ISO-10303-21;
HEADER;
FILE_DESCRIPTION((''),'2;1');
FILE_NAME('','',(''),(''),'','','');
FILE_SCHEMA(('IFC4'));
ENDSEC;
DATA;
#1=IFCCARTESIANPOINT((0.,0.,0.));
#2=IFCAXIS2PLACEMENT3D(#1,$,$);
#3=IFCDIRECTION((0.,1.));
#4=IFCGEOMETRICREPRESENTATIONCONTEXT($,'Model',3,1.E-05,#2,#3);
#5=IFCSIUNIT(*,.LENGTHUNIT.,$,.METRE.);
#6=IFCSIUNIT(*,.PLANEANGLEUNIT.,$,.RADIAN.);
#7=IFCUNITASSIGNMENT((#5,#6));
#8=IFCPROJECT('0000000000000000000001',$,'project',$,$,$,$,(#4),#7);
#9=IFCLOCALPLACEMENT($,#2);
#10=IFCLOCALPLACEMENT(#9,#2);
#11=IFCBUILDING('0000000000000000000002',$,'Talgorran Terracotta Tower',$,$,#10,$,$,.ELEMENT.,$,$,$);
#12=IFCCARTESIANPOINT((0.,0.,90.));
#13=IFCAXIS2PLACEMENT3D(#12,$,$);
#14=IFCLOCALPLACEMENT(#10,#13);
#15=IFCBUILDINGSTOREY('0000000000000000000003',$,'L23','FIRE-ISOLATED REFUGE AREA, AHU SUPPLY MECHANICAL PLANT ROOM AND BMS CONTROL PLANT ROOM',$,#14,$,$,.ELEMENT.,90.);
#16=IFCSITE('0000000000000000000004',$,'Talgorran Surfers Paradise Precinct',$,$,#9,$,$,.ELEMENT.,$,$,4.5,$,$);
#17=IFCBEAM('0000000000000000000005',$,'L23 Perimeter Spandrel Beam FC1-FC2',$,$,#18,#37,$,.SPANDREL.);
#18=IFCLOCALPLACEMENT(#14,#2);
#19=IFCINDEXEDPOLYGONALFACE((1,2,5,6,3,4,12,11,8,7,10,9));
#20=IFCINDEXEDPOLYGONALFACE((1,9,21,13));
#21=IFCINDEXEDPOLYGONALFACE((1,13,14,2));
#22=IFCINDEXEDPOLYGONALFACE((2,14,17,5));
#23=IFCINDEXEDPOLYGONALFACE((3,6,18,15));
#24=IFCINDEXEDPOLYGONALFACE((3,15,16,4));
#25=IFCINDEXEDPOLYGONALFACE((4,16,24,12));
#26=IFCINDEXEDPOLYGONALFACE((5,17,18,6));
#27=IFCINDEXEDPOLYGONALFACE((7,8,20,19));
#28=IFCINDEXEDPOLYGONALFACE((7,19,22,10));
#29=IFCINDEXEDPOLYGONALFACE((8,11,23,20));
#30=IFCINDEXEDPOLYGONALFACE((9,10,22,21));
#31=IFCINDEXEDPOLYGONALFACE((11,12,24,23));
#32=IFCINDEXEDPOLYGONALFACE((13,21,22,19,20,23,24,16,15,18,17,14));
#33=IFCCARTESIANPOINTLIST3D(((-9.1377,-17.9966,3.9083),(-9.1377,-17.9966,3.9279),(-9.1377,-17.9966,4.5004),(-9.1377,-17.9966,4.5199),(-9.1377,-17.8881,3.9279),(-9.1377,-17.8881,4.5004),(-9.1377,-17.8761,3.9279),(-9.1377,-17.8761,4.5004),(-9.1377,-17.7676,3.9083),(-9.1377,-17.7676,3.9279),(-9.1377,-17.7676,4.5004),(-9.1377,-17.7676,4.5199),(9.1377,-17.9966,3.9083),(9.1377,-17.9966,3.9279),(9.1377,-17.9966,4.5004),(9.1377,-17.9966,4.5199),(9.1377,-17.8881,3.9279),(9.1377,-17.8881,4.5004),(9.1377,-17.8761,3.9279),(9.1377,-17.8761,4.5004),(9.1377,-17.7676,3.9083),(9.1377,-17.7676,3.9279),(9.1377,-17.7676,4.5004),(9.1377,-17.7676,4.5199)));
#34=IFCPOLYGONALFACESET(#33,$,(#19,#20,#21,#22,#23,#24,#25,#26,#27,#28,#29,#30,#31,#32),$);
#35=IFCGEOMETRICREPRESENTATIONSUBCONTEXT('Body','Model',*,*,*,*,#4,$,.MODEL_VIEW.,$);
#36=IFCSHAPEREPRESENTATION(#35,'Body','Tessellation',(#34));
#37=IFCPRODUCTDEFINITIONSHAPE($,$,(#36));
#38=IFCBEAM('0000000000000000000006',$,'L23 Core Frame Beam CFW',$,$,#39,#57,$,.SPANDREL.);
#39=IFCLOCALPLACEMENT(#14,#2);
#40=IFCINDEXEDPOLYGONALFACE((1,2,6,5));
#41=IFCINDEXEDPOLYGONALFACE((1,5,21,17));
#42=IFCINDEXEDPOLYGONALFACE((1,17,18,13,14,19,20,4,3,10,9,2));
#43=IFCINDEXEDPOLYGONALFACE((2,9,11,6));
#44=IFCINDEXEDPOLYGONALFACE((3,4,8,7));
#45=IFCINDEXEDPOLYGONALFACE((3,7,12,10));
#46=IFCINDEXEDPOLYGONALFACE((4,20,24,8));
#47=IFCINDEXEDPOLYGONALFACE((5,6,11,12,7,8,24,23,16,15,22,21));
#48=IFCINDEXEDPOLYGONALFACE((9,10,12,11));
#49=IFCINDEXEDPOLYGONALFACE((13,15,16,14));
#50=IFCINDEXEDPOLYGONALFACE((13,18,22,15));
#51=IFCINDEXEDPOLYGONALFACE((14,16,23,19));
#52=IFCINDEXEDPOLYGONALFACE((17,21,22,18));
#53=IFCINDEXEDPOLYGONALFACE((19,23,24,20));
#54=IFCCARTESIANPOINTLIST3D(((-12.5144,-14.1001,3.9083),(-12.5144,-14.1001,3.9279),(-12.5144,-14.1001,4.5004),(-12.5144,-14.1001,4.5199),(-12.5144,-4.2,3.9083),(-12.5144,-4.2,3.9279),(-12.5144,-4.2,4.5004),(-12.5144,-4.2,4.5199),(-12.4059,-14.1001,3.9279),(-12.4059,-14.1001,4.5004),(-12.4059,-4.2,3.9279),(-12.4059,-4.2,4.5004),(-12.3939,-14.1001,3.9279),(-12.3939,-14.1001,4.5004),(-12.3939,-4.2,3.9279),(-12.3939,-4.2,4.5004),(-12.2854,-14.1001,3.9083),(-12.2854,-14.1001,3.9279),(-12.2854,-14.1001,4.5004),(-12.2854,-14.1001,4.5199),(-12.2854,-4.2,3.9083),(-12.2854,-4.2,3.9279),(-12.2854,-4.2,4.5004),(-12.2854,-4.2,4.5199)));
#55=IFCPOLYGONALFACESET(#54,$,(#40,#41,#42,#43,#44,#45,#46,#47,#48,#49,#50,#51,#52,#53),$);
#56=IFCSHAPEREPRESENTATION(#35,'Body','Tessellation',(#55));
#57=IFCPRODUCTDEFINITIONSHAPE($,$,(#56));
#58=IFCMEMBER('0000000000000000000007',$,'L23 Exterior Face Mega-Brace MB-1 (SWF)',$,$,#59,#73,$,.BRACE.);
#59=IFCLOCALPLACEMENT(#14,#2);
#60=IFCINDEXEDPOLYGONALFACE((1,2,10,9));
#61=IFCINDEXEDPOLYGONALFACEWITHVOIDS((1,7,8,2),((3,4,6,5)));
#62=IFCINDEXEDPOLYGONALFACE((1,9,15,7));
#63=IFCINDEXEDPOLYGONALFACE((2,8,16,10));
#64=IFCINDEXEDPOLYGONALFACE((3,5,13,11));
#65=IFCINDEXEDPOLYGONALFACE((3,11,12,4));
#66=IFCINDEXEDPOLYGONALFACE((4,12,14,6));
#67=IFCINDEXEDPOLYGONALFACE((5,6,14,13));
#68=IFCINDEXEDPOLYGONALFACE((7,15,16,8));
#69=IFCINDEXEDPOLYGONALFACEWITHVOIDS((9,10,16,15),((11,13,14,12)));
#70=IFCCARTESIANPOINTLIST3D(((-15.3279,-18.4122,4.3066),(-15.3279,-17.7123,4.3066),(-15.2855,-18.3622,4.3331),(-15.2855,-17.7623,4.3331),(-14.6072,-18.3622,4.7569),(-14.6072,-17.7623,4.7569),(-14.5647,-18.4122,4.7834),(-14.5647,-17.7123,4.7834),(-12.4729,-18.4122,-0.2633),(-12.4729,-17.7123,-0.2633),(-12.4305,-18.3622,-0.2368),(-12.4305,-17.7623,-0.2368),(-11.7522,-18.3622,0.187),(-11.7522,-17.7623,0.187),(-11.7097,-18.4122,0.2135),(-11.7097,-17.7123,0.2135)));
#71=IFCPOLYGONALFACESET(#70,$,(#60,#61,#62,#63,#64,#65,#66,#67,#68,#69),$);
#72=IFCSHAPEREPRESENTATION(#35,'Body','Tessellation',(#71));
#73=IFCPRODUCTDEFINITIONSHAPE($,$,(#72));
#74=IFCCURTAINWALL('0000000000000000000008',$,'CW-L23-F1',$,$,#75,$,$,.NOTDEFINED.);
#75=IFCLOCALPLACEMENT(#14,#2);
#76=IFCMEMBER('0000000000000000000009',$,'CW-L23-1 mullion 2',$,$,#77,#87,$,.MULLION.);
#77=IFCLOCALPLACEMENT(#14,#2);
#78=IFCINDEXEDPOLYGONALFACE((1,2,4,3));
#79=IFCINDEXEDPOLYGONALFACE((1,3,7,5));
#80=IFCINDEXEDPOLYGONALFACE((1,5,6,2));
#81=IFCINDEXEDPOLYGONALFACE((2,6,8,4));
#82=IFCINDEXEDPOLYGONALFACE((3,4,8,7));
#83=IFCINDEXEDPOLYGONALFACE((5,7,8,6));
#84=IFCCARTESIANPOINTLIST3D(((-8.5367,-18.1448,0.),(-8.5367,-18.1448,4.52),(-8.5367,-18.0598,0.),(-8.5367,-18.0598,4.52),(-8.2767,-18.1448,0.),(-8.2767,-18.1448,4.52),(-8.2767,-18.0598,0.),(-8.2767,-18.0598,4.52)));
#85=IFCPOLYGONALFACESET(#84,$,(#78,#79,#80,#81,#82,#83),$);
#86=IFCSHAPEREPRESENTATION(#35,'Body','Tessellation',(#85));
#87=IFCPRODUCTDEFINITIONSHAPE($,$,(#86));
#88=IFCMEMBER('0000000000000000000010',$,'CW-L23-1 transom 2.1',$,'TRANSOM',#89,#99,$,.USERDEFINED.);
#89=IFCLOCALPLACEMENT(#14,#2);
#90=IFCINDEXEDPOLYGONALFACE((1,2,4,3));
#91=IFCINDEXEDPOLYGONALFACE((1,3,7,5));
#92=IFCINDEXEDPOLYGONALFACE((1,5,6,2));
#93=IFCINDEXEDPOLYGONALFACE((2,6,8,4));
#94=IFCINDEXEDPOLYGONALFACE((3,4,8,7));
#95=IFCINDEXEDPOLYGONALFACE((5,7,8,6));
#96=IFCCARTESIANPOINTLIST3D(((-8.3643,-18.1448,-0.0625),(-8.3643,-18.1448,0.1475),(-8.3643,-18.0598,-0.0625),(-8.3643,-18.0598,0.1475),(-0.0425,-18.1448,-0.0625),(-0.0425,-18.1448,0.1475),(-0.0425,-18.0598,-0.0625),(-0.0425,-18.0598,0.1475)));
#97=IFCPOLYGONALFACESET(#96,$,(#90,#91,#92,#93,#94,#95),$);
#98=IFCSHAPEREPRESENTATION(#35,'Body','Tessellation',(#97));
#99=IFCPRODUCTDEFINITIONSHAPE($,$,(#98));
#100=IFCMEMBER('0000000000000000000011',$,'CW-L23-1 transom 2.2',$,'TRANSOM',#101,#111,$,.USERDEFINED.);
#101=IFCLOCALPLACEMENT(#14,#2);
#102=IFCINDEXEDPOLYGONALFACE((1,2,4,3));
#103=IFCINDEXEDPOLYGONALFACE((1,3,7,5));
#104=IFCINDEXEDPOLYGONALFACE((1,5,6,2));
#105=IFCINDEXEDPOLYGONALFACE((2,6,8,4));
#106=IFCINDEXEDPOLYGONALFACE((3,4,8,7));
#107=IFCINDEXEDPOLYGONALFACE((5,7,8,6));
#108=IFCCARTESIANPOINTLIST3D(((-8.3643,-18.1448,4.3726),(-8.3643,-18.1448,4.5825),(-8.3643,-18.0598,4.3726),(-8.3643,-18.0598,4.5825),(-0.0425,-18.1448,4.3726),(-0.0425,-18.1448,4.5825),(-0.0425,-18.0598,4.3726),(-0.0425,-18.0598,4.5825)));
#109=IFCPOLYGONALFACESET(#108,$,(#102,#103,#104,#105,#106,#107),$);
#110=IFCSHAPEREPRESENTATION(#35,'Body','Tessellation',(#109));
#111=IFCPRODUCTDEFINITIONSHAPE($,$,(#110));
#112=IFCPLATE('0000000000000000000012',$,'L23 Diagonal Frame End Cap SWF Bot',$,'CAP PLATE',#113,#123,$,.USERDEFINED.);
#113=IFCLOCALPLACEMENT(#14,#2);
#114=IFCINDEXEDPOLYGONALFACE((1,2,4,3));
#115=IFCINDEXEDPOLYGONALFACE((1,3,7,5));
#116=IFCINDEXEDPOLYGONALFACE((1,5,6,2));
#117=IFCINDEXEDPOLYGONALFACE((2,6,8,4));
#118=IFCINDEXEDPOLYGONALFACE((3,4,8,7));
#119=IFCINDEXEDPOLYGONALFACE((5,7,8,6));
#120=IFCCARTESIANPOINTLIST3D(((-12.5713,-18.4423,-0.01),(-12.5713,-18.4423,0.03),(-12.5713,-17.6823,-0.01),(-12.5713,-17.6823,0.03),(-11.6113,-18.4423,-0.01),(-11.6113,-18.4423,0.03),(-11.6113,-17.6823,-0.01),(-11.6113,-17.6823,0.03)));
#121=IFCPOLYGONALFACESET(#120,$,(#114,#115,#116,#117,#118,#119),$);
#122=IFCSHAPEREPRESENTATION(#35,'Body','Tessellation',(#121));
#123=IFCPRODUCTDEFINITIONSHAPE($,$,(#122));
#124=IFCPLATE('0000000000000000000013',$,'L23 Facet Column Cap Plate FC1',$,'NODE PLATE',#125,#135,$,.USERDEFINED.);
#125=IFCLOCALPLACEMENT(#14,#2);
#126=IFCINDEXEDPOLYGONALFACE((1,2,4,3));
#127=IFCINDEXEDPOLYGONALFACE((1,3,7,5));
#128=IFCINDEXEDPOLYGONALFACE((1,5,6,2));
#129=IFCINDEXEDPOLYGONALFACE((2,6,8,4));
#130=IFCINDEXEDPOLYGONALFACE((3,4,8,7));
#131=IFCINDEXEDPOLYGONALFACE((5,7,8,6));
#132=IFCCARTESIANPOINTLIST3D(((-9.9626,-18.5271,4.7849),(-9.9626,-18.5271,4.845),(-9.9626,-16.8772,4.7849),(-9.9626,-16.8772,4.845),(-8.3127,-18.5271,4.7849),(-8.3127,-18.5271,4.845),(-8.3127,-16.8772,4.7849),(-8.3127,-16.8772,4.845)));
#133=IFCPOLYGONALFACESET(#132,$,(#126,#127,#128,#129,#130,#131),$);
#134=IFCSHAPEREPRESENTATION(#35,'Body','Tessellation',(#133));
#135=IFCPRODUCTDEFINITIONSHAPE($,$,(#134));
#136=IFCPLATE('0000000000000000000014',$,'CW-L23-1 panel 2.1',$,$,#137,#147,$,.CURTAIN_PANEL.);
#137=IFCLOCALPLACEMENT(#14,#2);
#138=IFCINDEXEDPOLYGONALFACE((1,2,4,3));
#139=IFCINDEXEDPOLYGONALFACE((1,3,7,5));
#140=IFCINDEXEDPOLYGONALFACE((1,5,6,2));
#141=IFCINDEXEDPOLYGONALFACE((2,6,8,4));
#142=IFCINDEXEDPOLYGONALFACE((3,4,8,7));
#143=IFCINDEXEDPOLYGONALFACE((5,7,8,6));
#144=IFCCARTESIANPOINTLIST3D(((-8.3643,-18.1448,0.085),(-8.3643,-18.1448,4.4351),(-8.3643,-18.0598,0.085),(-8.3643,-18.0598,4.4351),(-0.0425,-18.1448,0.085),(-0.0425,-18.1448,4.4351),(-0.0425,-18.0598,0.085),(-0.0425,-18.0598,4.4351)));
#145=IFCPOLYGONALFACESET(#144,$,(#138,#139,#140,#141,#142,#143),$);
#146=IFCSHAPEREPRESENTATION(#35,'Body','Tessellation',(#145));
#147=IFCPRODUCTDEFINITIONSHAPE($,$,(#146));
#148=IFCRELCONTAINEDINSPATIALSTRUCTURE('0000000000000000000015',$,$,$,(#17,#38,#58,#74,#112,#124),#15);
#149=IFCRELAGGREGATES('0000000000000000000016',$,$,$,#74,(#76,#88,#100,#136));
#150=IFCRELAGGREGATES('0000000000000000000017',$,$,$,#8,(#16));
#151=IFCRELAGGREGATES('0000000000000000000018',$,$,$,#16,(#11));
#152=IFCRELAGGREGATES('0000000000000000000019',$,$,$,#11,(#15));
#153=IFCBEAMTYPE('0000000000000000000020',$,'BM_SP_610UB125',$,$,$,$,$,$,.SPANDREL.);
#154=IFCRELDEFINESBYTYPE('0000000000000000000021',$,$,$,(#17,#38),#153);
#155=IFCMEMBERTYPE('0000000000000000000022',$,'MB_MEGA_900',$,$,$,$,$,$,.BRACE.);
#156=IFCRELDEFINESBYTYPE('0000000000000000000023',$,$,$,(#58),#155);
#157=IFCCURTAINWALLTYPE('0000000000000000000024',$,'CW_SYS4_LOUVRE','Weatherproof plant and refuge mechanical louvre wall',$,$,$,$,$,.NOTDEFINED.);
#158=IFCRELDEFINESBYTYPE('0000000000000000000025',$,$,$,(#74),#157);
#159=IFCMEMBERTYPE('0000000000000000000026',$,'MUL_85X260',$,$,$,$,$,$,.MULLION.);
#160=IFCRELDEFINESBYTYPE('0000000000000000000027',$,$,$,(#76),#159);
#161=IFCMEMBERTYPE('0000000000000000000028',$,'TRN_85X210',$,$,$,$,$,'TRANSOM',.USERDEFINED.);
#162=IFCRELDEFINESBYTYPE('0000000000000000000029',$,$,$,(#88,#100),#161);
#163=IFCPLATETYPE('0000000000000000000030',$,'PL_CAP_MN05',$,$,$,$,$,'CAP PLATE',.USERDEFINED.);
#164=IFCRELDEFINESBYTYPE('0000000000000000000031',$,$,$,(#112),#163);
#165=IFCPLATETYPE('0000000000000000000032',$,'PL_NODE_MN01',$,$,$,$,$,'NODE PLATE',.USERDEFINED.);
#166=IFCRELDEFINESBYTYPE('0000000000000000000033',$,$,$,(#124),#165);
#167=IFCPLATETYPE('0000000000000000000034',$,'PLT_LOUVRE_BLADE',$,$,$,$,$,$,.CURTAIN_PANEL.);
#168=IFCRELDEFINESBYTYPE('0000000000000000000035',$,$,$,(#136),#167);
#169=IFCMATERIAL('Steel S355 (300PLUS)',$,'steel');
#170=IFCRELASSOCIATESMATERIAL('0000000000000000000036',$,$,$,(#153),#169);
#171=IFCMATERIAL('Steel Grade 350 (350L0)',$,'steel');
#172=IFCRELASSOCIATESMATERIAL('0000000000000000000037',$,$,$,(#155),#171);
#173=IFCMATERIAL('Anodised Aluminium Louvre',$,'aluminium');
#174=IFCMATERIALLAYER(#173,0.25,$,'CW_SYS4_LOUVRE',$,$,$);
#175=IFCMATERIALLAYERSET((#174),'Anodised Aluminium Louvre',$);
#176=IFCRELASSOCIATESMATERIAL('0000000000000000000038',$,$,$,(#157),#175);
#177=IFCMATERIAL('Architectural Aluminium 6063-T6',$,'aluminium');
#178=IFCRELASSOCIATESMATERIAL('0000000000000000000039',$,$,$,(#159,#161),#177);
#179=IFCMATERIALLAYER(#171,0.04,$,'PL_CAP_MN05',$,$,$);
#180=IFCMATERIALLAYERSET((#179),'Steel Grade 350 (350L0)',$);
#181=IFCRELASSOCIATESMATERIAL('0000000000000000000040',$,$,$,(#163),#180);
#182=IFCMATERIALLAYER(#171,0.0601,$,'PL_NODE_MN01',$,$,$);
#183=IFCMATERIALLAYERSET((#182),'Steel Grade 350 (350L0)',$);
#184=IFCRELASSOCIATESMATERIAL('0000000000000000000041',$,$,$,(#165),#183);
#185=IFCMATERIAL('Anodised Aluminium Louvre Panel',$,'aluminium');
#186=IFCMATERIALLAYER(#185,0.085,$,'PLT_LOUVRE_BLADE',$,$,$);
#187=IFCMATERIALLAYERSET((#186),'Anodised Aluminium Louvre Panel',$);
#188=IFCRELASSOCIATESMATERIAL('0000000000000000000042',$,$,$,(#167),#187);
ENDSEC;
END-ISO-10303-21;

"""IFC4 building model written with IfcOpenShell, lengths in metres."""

from ifc_helpers import new_model, si_unit, direction, frame, origin, origin_2d, place, context, subcontext, project, spatial, rectangle, hollow_rectangle, i_section, extrude, source, transform, mapped, material, layer, layer_set, material_profile, profile_set, type_object, type_shapes, element, aggregate, save


model = new_model("IFC4")

# Units and contexts
model_context = context("Model", 3, precision=1e-05, world=origin(), true_north=direction((0.0, 1.0)))
body_context = subcontext(model_context, "Body", "Model", "MODEL_VIEW")
ifc_project = project(units=[si_unit("LENGTHUNIT", "METRE"), si_unit("PLANEANGLEUNIT", "RADIAN")], contexts=[model_context])

# Site, building, storey
site_placement = place(None, origin())
site = spatial("IfcSite", under=ifc_project, at=site_placement, Name="Talgorran Surfers Paradise Precinct", CompositionType="ELEMENT", RefElevation=4.5)
building_placement = place(site_placement, origin())
building = spatial("IfcBuilding", under=site, at=building_placement, Name="Talgorran Terracotta Tower", CompositionType="ELEMENT")
storey_placement = place(building_placement, frame((0.0, 0.0, 90.0)))
storey = spatial("IfcBuildingStorey", under=building, at=storey_placement, Name="L23", Description="FIRE-ISOLATED REFUGE AREA, AHU SUPPLY MECHANICAL PLANT ROOM AND BMS CONTROL PLANT ROOM", CompositionType="ELEMENT", Elevation=90.0)

# Shared definitions
ifc_material_1 = material(Name="Steel S355 (300PLUS)", Category="steel")
ifc_material_2 = material(Name="Steel Grade 350 (350L0)", Category="steel")

# Beams
ifc_material_profile_1 = material_profile(ifc_material_1, i_section(OverallWidth=0.229, OverallDepth=0.6116, WebThickness=0.012, FlangeThickness=0.0195, at=origin_2d()), Name="610UB125")
ifc_profile_set_1 = profile_set([ifc_material_profile_1], Name="Steel S355 (300PLUS)")
beam_type_1 = type_object("IfcBeamType", Name="BM_SP_610UB125", PredefinedType="SPANDREL", material=ifc_profile_set_1)
beam_1_placement = place(storey_placement, frame((-9.1377, -17.8821, 4.2141), z_axis=(1.0, 0.0, 0.0), x_axis=(0.0, 1.0, 0.0)))
element("IfcBeam", 1, at=beam_1_placement, inside=storey, type_object=beam_type_1, Name="L23 Perimeter Spandrel Beam FC1-FC2", PredefinedType="SPANDREL", context=body_context, shape_type="SweptSolid", body=[
    extrude(i_section(OverallWidth=0.229, OverallDepth=0.6116, WebThickness=0.012, FlangeThickness=0.0195, at=origin_2d()), origin(), (0.0, 0.0, 1.0), 18.2754),
])
beam_2_placement = place(storey_placement, frame((-12.3999, -14.1001, 4.2141), z_axis=(0.0, 1.0, 0.0), x_axis=(-1.0, 0.0, 0.0)))
element("IfcBeam", 2, at=beam_2_placement, inside=storey, type_object=beam_type_1, Name="L23 Core Frame Beam CFW", PredefinedType="SPANDREL", context=body_context, shape_type="SweptSolid", body=[
    extrude(i_section(OverallWidth=0.229, OverallDepth=0.6116, WebThickness=0.012, FlangeThickness=0.0195, at=origin_2d()), origin(), (0.0, 0.0, 1.0), 9.9001),
])

# Member
ifc_material_profile_2 = material_profile(ifc_material_2, hollow_rectangle(XDim=0.7, YDim=0.8999, WallThickness=0.05, at=origin_2d()), Name="WBOX900X700X50")
ifc_profile_set_2 = profile_set([ifc_material_profile_2], Name="Steel Grade 350 (350L0)")
member_type_1 = type_object("IfcMemberType", Name="MB_MEGA_900", PredefinedType="BRACE", material=ifc_profile_set_2)
member_1_placement = place(storey_placement, frame((-12.0913, -18.0623, -0.0249), z_axis=(-0.529844, 0.0, 0.848095), x_axis=(0.0, -1.0, 0.0)))
element("IfcMember", 3, at=member_1_placement, inside=storey, type_object=member_type_1, Name="L23 Exterior Face Mega-Brace MB-1 (SWF)", PredefinedType="BRACE", context=body_context, shape_type="SweptSolid", body=[
    extrude(hollow_rectangle(XDim=0.7, YDim=0.8999, WallThickness=0.05, at=origin_2d()), origin(), (0.0, 0.0, 1.0), 5.3884),
])

# Curtain wall, members
ifc_material_3 = material(Name="Anodised Aluminium Louvre", Category="aluminium")
ifc_layer_1 = layer(ifc_material_3, 0.25, Name="CW_SYS4_LOUVRE")
ifc_layer_set_1 = layer_set([ifc_layer_1], Name="Anodised Aluminium Louvre")
curtain_wall_type = type_object("IfcCurtainWallType", Name="CW_SYS4_LOUVRE", Description="Weatherproof plant and refuge mechanical louvre wall", PredefinedType="NOTDEFINED", material=ifc_layer_set_1)
curtain_wall_placement = place(storey_placement, origin())
curtain_wall = element("IfcCurtainWall", 4, at=curtain_wall_placement, inside=storey, type_object=curtain_wall_type, Name="CW-L23-F1", PredefinedType="NOTDEFINED")
ifc_material_4 = material(Name="Architectural Aluminium 6063-T6", Category="aluminium")
ifc_material_profile_3 = material_profile(ifc_material_4, rectangle(XDim=0.085, YDim=0.26, at=origin_2d()), Name="CWM85X260")
ifc_profile_set_3 = profile_set([ifc_material_profile_3], Name="Architectural Aluminium 6063-T6")
member_type_2 = type_object("IfcMemberType", Name="MUL_85X260", PredefinedType="MULLION", material=ifc_profile_set_3)
member_2_placement = place(storey_placement, frame((-8.4067, -18.1023, 0.0), z_axis=(0.0, 0.0, 1.0), x_axis=(0.0, 1.0, 0.0)))
member_2 = element("IfcMember", 5, at=member_2_placement, type_object=member_type_2, Name="CW-L23-1 mullion 2", PredefinedType="MULLION", context=body_context, shape_type="SweptSolid", body=[
    extrude(rectangle(XDim=0.085, YDim=0.26, at=origin_2d()), origin(), (0.0, 0.0, 1.0), 4.52),
])
ifc_material_profile_4 = material_profile(ifc_material_4, rectangle(XDim=0.085, YDim=0.21, at=origin_2d()), Name="CWT85X210")
ifc_profile_set_4 = profile_set([ifc_material_profile_4], Name="Architectural Aluminium 6063-T6")
member_type_3 = type_object("IfcMemberType", Name="TRN_85X210", ElementType="TRANSOM", PredefinedType="USERDEFINED", material=ifc_profile_set_4)
member_3_placement = place(storey_placement, frame((-8.3643, -18.1023, 0.0425), z_axis=(1.0, 0.0, 0.0), x_axis=(0.0, 1.0, 0.0)))
member_3 = element("IfcMember", 6, at=member_3_placement, type_object=member_type_3, Name="CW-L23-1 transom 2.1", ObjectType="TRANSOM", PredefinedType="USERDEFINED", context=body_context, shape_type="SweptSolid", body=[
    extrude(rectangle(XDim=0.085, YDim=0.21, at=origin_2d()), origin(), (0.0, 0.0, 1.0), 8.3218),
])
member_4_placement = place(storey_placement, frame((-8.3643, -18.1023, 4.4775), z_axis=(1.0, 0.0, 0.0), x_axis=(0.0, 1.0, 0.0)))
member_4 = element("IfcMember", 7, at=member_4_placement, type_object=member_type_3, Name="CW-L23-1 transom 2.2", ObjectType="TRANSOM", PredefinedType="USERDEFINED", context=body_context, shape_type="SweptSolid", body=[
    extrude(rectangle(XDim=0.085, YDim=0.21, at=origin_2d()), origin(), (0.0, 0.0, 1.0), 8.3218),
])

# Plates
ifc_layer_2 = layer(ifc_material_2, 0.04, Name="PL_CAP_MN05")
ifc_layer_set_2 = layer_set([ifc_layer_2], Name="Steel Grade 350 (350L0)")
plate_type_1 = type_object("IfcPlateType", Name="PL_CAP_MN05", ElementType="CAP PLATE", PredefinedType="USERDEFINED", material=ifc_layer_set_2)
plate_1_placement = place(storey_placement, frame((-12.0913, -18.0623, -0.01), z_axis=(0.0, 0.0, 1.0), x_axis=(-1.0, 0.0, 0.0)))
element("IfcPlate", 8, at=plate_1_placement, inside=storey, type_object=plate_type_1, Name="L23 Diagonal Frame End Cap SWF Bot", ObjectType="CAP PLATE", PredefinedType="USERDEFINED", context=body_context, shape_type="SweptSolid", body=[
    extrude(rectangle(XDim=0.96, YDim=0.76, at=origin_2d()), origin(), (0.0, 0.0, 1.0), 0.04),
])
ifc_layer_3 = layer(ifc_material_2, 0.0601, Name="PL_NODE_MN01")
ifc_layer_set_3 = layer_set([ifc_layer_3], Name="Steel Grade 350 (350L0)")
plate_type_2 = type_object("IfcPlateType", Name="PL_NODE_MN01", ElementType="NODE PLATE", PredefinedType="USERDEFINED", material=ifc_layer_set_3)
plate_2_placement = place(storey_placement, frame((-9.1377, -17.7021, 4.7849), z_axis=(0.0, 0.0, 1.0), x_axis=(1.0, 0.0, 0.0)))
element("IfcPlate", 9, at=plate_2_placement, inside=storey, type_object=plate_type_2, Name="L23 Facet Column Cap Plate FC1", ObjectType="NODE PLATE", PredefinedType="USERDEFINED", context=body_context, shape_type="SweptSolid", body=[
    extrude(rectangle(XDim=1.6499, YDim=1.6499, at=origin_2d()), origin(), (0.0, 0.0, 1.0), 0.0601),
])

# Plate
ifc_material_5 = material(Name="Anodised Aluminium Louvre Panel", Category="aluminium")
ifc_layer_4 = layer(ifc_material_5, 0.085, Name="PLT_LOUVRE_BLADE")
ifc_layer_set_4 = layer_set([ifc_layer_4], Name="Anodised Aluminium Louvre Panel")
plate_type_3 = type_object("IfcPlateType", Name="PLT_LOUVRE_BLADE", PredefinedType="CURTAIN_PANEL", material=ifc_layer_set_4)
shared_shape = source(origin(), body_context, "Body", "SweptSolid", [
    extrude(rectangle(XDim=8.3218, YDim=0.085, at=origin_2d()), origin(), (0.0, 0.0, 1.0), 4.3501),
])
type_shapes(plate_type_3, [shared_shape])
plate_3_placement = place(storey_placement, frame((-4.2034, -18.1023, 0.085), z_axis=(0.0, 0.0, 1.0), x_axis=(1.0, 0.0, 0.0)))
plate_3 = element("IfcPlate", 10, at=plate_3_placement, type_object=plate_type_3, Name="CW-L23-1 panel 2.1", PredefinedType="CURTAIN_PANEL", context=body_context, shape_type="MappedRepresentation", body=[
    mapped(shared_shape, transform((0.0, 0.0, 0.0), scale=1.0)),
])
aggregate(curtain_wall, [member_2, member_3, member_4, plate_3])

save(model, "model.ifc")
